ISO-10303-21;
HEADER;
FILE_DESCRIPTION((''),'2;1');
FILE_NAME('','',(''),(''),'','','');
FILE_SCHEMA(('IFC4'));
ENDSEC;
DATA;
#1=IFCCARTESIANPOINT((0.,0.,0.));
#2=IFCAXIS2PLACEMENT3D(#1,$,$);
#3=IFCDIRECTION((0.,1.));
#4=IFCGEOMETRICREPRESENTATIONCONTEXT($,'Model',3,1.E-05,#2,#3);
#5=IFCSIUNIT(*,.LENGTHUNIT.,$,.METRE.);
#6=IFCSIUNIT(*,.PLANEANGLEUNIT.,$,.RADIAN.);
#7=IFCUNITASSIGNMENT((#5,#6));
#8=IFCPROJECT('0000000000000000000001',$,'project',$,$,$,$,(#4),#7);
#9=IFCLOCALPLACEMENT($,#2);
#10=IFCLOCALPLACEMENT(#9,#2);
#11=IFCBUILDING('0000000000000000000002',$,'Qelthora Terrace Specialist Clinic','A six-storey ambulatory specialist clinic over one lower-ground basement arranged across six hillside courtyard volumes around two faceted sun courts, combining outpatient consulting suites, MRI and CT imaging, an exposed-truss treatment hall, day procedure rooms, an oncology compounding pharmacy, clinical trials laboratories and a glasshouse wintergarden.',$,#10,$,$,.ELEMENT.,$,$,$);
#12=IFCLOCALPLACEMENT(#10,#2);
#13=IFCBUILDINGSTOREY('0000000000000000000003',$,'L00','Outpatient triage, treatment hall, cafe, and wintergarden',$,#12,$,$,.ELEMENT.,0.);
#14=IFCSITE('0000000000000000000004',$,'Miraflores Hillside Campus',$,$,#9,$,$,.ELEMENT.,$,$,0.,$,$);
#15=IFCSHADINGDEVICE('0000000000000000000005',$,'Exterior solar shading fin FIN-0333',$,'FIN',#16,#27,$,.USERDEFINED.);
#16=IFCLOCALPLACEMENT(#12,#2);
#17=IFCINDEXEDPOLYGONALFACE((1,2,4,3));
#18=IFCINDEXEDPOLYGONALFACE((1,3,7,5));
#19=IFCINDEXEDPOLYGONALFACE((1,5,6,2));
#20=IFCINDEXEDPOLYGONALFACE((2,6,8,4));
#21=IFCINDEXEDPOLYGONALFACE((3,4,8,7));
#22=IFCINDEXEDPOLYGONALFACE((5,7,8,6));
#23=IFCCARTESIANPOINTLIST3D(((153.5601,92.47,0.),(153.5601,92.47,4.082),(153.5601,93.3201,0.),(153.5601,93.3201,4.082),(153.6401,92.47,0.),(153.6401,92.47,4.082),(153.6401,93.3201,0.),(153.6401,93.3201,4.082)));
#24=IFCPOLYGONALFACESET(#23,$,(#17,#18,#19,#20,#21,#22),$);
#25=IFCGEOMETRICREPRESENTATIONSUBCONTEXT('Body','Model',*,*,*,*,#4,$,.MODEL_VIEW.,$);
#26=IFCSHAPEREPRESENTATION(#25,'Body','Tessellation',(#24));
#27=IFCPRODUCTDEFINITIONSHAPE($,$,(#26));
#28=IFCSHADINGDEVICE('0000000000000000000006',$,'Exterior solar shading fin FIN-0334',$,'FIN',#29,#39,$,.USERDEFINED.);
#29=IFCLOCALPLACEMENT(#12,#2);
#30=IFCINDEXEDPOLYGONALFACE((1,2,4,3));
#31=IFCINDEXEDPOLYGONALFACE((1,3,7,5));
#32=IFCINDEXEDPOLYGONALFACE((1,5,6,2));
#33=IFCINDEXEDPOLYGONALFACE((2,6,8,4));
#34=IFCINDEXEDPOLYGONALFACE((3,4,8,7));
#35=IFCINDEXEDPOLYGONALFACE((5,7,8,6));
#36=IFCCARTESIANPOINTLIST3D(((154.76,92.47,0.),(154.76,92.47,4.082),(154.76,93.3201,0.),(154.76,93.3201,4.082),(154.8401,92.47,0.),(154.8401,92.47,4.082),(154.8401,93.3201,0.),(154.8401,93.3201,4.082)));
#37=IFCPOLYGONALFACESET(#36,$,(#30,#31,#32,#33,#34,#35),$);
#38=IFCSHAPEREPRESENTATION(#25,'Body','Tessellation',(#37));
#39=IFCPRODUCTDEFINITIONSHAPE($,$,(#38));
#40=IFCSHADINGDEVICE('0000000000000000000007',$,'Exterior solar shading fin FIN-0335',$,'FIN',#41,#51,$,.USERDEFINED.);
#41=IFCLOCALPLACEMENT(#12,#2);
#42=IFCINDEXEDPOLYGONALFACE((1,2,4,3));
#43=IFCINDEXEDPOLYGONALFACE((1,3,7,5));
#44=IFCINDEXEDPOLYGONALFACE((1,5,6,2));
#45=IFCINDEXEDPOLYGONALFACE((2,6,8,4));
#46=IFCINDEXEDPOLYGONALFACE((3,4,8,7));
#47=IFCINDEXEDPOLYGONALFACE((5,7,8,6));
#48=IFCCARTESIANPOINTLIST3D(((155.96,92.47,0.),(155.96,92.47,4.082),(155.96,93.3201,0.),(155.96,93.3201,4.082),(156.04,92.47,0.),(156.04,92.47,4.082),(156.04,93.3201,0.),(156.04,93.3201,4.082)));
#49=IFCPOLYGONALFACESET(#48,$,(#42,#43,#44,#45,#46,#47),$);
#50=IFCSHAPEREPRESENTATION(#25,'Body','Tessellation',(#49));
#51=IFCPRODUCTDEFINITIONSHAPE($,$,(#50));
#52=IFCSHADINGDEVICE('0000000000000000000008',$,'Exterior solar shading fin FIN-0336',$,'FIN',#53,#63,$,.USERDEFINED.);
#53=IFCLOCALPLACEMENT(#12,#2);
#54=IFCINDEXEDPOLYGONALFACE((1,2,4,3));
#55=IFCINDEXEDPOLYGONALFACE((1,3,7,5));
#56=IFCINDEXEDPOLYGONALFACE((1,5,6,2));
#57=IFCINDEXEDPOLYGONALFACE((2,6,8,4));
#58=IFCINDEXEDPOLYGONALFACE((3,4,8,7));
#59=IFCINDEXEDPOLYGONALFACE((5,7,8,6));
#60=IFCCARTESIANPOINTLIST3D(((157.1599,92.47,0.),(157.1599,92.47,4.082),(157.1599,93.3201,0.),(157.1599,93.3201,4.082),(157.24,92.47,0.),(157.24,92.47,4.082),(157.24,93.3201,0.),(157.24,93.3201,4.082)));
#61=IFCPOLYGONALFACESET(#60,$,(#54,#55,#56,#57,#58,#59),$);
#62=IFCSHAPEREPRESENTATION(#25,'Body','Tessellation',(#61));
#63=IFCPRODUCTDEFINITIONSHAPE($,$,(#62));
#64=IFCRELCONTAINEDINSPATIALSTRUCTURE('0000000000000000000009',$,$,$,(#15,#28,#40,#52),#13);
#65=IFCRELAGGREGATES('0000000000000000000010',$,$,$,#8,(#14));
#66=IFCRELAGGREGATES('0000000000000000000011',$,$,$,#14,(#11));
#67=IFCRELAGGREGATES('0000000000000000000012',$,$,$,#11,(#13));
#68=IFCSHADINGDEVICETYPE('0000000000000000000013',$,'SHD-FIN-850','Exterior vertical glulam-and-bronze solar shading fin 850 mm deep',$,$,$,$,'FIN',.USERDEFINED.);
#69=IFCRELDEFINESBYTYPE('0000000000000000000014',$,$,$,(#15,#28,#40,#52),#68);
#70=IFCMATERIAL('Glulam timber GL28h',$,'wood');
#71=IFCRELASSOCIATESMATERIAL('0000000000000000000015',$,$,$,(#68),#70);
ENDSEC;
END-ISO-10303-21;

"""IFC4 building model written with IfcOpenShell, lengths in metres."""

from ifc_helpers import new_model, si_unit, direction, frame, origin, origin_2d, place, context, subcontext, project, spatial, rectangle, extrude, material, type_object, element, save


model = new_model("IFC4")

# Units and contexts
model_context = context("Model", 3, precision=1e-05, world=origin(), true_north=direction((0.0, 1.0)))
body_context = subcontext(model_context, "Body", "Model", "MODEL_VIEW")
ifc_project = project(units=[si_unit("LENGTHUNIT", "METRE"), si_unit("PLANEANGLEUNIT", "RADIAN")], contexts=[model_context])

# Site, building, storey
site_placement = place(None, origin())
site = spatial("IfcSite", under=ifc_project, at=site_placement, Name="Miraflores Hillside Campus", CompositionType="ELEMENT", RefElevation=0.0)
building_placement = place(site_placement, origin())
building = spatial("IfcBuilding", under=site, at=building_placement, Name="Qelthora Terrace Specialist Clinic", Description="A six-storey ambulatory specialist clinic over one lower-ground basement arranged across six hillside courtyard volumes around two faceted sun courts, combining outpatient consulting suites, MRI and CT imaging, an exposed-truss treatment hall, day procedure rooms, an oncology compounding pharmacy, clinical trials laboratories and a glasshouse wintergarden.", CompositionType="ELEMENT")
storey_placement = place(building_placement, origin())
storey = spatial("IfcBuildingStorey", under=building, at=storey_placement, Name="L00", Description="Outpatient triage, treatment hall, cafe, and wintergarden", CompositionType="ELEMENT", Elevation=0.0)

# Shading devices
ifc_material_1 = material(Name="Glulam timber GL28h", Category="wood")
shading_device_type = type_object("IfcShadingDeviceType", Name="SHD-FIN-850", Description="Exterior vertical glulam-and-bronze solar shading fin 850 mm deep", ElementType="FIN", PredefinedType="USERDEFINED", material=ifc_material_1)
for number, where, z_axis, x_axis, name in (
    (1, (153.6001, 92.895, 0.0), (0.0, 0.0, 1.0), (0.0, 1.0, 0.0), "Exterior solar shading fin FIN-0333"),
    (2, (154.8, 92.895, 0.0), (0.0, 0.0, 1.0), (0.0, 1.0, 0.0), "Exterior solar shading fin FIN-0334"),
    (3, (156.0, 92.895, 0.0), (0.0, 0.0, 1.0), (0.0, 1.0, 0.0), "Exterior solar shading fin FIN-0335"),
    (4, (157.2, 92.895, 0.0), (0.0, 0.0, 1.0), (0.0, 1.0, 0.0), "Exterior solar shading fin FIN-0336"),
):
    element("IfcShadingDevice", number, at=place(storey_placement, frame(where, z_axis=z_axis, x_axis=x_axis)), inside=storey, type_object=shading_device_type, Name=name, ObjectType="FIN", PredefinedType="USERDEFINED", context=body_context, shape_type="SweptSolid", body=[
        extrude(rectangle(XDim=0.8501, YDim=0.0801, at=origin_2d()), origin(), (0.0, 0.0, 1.0), 4.082),
    ])

save(model, "model.ifc")
